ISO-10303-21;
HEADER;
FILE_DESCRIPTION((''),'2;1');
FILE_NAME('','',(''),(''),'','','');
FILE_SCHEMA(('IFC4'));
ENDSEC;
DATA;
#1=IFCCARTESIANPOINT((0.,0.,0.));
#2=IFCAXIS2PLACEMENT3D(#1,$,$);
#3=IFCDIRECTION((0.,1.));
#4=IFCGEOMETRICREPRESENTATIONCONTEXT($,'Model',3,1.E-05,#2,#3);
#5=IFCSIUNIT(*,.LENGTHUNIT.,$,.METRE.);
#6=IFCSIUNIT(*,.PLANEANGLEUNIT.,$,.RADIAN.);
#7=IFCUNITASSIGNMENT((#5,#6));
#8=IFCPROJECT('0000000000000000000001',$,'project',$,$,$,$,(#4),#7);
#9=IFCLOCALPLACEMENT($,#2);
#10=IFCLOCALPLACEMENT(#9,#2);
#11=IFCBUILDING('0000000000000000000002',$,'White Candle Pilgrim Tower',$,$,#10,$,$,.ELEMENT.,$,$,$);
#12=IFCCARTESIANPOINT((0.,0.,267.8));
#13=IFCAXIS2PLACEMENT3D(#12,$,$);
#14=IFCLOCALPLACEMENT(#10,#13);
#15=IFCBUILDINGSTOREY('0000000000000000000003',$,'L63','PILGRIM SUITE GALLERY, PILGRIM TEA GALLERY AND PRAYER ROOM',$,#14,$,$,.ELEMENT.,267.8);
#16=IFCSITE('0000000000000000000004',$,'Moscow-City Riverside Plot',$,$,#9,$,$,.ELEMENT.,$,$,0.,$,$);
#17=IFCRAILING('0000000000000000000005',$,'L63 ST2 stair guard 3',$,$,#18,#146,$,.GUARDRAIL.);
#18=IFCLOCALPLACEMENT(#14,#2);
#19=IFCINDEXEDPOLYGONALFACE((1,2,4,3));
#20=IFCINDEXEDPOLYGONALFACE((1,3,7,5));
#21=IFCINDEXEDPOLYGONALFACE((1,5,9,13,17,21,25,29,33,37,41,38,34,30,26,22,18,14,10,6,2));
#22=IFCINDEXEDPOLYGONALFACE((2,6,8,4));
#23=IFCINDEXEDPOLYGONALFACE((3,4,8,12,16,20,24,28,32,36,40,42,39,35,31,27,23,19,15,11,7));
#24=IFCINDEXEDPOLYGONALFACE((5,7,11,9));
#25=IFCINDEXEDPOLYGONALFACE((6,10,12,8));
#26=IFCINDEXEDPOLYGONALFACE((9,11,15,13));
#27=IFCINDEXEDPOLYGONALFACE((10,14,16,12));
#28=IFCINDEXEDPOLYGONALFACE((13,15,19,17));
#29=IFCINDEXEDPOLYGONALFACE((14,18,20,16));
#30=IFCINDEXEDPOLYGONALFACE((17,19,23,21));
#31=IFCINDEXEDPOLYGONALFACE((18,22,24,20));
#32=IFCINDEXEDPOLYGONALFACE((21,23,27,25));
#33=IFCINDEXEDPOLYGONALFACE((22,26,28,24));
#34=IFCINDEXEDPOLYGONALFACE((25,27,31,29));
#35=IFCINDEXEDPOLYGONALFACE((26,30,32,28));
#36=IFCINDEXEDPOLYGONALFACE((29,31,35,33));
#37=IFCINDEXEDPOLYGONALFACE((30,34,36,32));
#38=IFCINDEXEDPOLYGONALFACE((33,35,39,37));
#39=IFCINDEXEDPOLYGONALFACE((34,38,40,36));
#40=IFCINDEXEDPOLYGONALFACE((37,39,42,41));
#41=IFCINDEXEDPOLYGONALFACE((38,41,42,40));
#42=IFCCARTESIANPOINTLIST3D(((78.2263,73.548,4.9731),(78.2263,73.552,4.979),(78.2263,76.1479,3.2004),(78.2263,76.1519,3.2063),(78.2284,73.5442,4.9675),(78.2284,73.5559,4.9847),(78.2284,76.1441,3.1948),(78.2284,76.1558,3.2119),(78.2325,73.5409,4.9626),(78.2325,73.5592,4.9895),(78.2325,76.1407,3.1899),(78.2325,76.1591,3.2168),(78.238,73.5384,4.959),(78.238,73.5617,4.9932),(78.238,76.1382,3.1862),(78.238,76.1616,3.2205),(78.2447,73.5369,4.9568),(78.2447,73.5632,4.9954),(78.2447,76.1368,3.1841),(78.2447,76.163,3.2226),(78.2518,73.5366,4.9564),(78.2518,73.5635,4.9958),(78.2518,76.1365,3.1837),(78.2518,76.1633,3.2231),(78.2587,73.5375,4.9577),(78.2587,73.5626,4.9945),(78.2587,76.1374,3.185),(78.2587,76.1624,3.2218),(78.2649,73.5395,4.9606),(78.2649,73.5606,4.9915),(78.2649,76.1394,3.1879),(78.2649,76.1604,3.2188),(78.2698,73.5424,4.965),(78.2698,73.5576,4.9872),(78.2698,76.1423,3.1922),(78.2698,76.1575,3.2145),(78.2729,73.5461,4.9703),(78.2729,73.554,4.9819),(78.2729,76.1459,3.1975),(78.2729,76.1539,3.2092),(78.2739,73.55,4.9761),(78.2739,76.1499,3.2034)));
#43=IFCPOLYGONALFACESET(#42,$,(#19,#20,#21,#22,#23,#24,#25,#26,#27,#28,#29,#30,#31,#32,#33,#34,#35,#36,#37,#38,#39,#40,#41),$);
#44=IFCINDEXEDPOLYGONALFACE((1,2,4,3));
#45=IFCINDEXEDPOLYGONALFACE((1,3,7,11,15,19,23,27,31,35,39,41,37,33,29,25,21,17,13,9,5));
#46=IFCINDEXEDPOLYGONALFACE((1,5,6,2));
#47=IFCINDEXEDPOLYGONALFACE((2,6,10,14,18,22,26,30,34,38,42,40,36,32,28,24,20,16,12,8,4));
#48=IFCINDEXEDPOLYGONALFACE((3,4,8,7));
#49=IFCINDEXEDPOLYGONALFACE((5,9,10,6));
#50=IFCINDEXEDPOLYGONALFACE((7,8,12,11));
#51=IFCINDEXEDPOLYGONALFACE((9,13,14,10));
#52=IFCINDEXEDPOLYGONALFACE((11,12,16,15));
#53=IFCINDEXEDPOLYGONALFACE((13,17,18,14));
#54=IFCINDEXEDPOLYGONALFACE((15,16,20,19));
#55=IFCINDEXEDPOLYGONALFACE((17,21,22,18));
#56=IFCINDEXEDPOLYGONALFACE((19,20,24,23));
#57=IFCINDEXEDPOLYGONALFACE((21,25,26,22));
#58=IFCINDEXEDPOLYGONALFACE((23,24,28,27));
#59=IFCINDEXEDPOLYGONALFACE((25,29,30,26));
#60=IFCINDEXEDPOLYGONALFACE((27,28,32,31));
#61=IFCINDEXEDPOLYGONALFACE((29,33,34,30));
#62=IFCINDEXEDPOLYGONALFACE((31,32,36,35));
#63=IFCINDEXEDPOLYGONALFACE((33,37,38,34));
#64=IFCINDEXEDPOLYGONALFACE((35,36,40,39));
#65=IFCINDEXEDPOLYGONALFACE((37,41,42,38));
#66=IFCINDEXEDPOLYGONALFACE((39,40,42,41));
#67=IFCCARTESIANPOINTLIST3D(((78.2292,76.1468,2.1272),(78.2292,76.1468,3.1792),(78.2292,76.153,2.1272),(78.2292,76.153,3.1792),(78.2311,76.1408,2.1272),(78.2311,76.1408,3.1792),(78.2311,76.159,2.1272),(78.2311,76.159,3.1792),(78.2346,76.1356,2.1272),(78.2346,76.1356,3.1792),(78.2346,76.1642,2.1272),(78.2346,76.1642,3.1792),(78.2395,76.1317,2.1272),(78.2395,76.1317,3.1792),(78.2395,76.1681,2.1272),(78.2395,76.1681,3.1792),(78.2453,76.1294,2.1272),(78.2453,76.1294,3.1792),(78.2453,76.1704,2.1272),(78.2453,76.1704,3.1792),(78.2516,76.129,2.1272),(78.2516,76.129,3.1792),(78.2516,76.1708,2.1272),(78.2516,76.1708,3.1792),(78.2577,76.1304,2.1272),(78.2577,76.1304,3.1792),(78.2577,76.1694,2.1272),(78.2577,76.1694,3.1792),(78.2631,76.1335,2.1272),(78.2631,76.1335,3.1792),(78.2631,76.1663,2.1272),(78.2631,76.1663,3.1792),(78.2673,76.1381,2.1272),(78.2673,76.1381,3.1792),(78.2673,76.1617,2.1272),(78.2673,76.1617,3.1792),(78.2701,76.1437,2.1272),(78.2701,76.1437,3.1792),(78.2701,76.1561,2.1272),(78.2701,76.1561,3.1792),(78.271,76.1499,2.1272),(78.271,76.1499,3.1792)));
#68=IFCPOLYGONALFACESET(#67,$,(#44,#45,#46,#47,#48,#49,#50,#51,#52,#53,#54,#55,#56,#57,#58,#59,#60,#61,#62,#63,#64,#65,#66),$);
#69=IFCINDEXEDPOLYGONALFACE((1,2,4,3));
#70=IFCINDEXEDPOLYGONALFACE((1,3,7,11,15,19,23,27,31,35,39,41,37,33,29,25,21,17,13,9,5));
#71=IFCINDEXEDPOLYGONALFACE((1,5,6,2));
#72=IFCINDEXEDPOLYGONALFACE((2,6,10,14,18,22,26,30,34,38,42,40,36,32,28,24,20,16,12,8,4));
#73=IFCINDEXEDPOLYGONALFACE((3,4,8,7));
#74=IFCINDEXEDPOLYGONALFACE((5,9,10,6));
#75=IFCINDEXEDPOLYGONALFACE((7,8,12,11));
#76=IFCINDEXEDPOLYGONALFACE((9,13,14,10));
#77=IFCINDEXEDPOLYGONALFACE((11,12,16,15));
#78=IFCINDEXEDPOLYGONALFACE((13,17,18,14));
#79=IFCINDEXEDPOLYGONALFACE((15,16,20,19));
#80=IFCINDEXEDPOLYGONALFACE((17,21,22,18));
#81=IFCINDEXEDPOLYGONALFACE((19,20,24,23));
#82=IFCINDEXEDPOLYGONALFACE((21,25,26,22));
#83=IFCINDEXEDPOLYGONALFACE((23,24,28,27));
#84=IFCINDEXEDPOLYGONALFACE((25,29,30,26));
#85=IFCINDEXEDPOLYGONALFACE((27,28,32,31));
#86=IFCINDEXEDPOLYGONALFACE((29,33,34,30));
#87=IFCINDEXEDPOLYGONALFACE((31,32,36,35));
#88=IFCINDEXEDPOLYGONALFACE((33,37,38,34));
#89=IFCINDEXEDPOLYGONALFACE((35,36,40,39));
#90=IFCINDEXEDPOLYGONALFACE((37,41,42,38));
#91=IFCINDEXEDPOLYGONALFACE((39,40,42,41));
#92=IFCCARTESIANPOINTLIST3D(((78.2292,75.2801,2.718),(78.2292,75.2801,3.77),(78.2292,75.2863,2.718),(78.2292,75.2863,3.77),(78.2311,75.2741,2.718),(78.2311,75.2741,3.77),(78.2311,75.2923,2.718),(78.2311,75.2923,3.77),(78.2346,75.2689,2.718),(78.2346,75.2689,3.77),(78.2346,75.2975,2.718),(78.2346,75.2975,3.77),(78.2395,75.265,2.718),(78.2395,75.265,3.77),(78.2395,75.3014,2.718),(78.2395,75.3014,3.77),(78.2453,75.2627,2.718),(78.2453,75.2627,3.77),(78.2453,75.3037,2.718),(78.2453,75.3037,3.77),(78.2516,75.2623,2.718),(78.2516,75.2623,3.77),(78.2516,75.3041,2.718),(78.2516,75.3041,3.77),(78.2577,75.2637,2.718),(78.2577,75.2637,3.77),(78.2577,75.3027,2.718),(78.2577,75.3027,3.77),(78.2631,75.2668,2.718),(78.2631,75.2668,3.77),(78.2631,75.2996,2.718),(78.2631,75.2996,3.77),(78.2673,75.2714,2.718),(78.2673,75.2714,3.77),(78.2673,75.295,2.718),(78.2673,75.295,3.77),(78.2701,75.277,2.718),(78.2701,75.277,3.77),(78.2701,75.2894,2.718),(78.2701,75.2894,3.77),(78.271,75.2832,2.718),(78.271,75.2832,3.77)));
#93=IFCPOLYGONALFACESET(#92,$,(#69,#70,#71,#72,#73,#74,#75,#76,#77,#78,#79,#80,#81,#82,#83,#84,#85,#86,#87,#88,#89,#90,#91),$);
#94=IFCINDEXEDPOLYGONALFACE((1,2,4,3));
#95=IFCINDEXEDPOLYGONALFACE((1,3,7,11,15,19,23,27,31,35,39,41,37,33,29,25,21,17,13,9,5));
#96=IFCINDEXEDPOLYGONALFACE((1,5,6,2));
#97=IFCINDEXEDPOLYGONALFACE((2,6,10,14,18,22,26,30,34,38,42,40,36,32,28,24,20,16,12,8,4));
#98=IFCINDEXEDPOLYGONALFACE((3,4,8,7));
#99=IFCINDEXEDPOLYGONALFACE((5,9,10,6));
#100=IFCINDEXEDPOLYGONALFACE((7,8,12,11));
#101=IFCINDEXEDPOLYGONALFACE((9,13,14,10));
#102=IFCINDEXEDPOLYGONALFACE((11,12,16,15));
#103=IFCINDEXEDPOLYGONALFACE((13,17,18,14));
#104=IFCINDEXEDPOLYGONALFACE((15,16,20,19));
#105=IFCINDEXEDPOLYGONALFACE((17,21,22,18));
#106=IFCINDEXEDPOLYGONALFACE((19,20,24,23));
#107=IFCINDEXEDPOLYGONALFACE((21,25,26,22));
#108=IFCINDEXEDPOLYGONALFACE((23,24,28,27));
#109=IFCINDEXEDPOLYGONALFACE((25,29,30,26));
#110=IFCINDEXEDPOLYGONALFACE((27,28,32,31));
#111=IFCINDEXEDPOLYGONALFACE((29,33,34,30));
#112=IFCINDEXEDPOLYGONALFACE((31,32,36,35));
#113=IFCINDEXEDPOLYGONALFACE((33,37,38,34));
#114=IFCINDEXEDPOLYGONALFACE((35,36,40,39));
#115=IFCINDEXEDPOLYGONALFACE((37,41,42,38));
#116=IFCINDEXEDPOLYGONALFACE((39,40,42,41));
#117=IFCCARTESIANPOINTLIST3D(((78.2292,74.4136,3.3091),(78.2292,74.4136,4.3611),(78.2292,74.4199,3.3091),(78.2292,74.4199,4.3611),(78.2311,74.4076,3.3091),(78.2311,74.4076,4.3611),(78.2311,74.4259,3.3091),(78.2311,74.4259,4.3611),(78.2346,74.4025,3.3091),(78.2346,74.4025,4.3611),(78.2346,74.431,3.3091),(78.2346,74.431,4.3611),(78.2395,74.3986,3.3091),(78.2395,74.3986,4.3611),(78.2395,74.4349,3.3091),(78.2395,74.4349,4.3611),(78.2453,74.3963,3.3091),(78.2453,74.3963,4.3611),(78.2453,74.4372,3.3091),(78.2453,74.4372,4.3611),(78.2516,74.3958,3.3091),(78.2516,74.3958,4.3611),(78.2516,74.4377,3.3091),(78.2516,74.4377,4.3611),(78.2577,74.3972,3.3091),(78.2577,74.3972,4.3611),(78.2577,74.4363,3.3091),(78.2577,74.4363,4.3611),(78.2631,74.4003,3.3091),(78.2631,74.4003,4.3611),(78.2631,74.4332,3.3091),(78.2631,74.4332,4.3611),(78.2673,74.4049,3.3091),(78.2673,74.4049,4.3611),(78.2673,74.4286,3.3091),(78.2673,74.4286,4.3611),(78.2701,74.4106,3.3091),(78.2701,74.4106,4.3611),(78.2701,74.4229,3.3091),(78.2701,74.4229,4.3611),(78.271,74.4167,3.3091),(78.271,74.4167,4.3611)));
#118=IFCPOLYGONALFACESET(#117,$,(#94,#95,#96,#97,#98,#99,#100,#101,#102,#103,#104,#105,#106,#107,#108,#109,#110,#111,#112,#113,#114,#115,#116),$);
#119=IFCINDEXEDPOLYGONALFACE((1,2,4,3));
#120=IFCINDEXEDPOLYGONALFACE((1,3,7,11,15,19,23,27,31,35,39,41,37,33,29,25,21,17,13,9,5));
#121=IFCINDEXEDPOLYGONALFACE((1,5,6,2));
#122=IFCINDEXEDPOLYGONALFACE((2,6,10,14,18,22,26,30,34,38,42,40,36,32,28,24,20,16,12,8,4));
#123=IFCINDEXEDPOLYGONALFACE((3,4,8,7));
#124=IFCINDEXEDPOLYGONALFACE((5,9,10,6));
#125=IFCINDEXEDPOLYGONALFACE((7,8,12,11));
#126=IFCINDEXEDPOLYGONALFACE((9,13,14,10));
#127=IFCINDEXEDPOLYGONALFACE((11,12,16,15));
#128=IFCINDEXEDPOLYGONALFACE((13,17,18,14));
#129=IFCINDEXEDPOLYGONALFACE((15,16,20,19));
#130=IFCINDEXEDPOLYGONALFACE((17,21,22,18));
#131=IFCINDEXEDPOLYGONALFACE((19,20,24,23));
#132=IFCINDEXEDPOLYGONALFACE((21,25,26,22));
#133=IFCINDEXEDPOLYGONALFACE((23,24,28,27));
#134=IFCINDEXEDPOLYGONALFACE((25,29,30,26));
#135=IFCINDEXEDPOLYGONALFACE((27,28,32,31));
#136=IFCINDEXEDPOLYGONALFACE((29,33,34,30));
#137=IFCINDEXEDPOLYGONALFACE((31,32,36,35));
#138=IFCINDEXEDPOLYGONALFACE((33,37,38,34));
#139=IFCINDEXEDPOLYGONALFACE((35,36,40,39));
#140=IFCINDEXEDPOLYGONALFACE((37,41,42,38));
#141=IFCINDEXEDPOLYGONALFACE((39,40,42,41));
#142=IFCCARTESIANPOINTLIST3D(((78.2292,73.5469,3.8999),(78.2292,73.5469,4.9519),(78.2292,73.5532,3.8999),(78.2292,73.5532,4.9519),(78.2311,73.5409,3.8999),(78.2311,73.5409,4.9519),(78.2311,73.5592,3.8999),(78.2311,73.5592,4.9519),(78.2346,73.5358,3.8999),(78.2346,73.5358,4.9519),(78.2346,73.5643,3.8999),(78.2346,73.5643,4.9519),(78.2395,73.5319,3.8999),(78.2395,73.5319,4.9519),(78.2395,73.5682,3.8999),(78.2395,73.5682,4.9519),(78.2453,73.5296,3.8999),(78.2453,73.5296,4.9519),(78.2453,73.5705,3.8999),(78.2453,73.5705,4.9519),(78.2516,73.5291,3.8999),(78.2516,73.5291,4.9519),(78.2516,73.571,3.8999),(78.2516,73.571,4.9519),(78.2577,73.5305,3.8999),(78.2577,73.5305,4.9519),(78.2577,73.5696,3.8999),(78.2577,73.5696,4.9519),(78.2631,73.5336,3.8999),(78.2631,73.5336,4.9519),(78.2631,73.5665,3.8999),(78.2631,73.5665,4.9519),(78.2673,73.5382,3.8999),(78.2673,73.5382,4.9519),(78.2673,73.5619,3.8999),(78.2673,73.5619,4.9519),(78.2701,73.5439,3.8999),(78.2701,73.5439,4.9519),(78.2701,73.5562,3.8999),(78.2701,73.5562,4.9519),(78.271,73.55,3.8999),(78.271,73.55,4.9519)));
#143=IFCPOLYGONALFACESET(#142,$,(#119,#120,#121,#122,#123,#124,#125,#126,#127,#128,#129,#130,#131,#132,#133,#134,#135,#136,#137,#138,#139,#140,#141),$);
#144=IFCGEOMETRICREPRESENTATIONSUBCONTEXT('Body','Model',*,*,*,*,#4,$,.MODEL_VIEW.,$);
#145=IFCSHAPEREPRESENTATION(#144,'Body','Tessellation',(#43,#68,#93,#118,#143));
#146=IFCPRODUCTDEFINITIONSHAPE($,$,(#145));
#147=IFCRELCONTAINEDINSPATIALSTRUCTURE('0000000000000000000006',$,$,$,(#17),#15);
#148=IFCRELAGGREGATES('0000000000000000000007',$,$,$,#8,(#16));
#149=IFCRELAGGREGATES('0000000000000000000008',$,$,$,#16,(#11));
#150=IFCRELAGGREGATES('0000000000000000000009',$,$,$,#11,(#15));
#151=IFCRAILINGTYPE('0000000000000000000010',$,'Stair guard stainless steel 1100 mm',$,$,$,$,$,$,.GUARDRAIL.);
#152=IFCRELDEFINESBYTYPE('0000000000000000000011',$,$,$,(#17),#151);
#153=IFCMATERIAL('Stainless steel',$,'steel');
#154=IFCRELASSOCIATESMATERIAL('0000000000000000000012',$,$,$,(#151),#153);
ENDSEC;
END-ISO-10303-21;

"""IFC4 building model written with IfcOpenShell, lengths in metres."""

from ifc_helpers import new_model, si_unit, direction, frame, origin, origin_2d, place, context, subcontext, project, spatial, circle, extrude, material, type_object, element, save


model = new_model("IFC4")

# Units and contexts
model_context = context("Model", 3, precision=1e-05, world=origin(), true_north=direction((0.0, 1.0)))
body_context = subcontext(model_context, "Body", "Model", "MODEL_VIEW")
ifc_project = project(units=[si_unit("LENGTHUNIT", "METRE"), si_unit("PLANEANGLEUNIT", "RADIAN")], contexts=[model_context])

# Site, building, storey
site_placement = place(None, origin())
site = spatial("IfcSite", under=ifc_project, at=site_placement, Name="Moscow-City Riverside Plot", CompositionType="ELEMENT", RefElevation=0.0)
building_placement = place(site_placement, origin())
building = spatial("IfcBuilding", under=site, at=building_placement, Name="White Candle Pilgrim Tower", CompositionType="ELEMENT")
storey_placement = place(building_placement, frame((0.0, 0.0, 267.8)))
storey = spatial("IfcBuildingStorey", under=building, at=storey_placement, Name="L63", Description="PILGRIM SUITE GALLERY, PILGRIM TEA GALLERY AND PRAYER ROOM", CompositionType="ELEMENT", Elevation=267.8)

# Railing
ifc_material_1 = material(Name="Stainless steel", Category="steel")
railing_type_1 = type_object("IfcRailingType", Name="Stair guard stainless steel 1100 mm", PredefinedType="GUARDRAIL", material=ifc_material_1)
railing_1_placement = place(storey_placement, frame((78.25, 76.1499, 2.1272)))
element("IfcRailing", 1, at=railing_1_placement, inside=storey, type_object=railing_type_1, Name="L63 ST2 stair guard 3", PredefinedType="GUARDRAIL", context=body_context, shape_type="SweptSolid", body=[
    extrude(circle(Radius=0.0239, at=origin_2d()), frame((0.0, 0.0, 1.0762), z_axis=(0.0, -0.826216, 0.563354), x_axis=(1.0, 0.0, 0.0)), (0.0, 0.0, 1.0), 3.1467),
    extrude(circle(Radius=0.021, at=origin_2d()), origin(), (0.0, 0.0, 1.0), 1.052),
    extrude(circle(Radius=0.021, at=origin_2d()), frame((0.0, -0.8667, 0.5908)), (0.0, 0.0, 1.0), 1.052),
    extrude(circle(Radius=0.021, at=origin_2d()), frame((0.0, -1.7332, 1.1819)), (0.0, 0.0, 1.0), 1.052),
    extrude(circle(Radius=0.021, at=origin_2d()), frame((0.0, -2.5999, 1.7727)), (0.0, 0.0, 1.0), 1.052),
])

save(model, "model.ifc")
